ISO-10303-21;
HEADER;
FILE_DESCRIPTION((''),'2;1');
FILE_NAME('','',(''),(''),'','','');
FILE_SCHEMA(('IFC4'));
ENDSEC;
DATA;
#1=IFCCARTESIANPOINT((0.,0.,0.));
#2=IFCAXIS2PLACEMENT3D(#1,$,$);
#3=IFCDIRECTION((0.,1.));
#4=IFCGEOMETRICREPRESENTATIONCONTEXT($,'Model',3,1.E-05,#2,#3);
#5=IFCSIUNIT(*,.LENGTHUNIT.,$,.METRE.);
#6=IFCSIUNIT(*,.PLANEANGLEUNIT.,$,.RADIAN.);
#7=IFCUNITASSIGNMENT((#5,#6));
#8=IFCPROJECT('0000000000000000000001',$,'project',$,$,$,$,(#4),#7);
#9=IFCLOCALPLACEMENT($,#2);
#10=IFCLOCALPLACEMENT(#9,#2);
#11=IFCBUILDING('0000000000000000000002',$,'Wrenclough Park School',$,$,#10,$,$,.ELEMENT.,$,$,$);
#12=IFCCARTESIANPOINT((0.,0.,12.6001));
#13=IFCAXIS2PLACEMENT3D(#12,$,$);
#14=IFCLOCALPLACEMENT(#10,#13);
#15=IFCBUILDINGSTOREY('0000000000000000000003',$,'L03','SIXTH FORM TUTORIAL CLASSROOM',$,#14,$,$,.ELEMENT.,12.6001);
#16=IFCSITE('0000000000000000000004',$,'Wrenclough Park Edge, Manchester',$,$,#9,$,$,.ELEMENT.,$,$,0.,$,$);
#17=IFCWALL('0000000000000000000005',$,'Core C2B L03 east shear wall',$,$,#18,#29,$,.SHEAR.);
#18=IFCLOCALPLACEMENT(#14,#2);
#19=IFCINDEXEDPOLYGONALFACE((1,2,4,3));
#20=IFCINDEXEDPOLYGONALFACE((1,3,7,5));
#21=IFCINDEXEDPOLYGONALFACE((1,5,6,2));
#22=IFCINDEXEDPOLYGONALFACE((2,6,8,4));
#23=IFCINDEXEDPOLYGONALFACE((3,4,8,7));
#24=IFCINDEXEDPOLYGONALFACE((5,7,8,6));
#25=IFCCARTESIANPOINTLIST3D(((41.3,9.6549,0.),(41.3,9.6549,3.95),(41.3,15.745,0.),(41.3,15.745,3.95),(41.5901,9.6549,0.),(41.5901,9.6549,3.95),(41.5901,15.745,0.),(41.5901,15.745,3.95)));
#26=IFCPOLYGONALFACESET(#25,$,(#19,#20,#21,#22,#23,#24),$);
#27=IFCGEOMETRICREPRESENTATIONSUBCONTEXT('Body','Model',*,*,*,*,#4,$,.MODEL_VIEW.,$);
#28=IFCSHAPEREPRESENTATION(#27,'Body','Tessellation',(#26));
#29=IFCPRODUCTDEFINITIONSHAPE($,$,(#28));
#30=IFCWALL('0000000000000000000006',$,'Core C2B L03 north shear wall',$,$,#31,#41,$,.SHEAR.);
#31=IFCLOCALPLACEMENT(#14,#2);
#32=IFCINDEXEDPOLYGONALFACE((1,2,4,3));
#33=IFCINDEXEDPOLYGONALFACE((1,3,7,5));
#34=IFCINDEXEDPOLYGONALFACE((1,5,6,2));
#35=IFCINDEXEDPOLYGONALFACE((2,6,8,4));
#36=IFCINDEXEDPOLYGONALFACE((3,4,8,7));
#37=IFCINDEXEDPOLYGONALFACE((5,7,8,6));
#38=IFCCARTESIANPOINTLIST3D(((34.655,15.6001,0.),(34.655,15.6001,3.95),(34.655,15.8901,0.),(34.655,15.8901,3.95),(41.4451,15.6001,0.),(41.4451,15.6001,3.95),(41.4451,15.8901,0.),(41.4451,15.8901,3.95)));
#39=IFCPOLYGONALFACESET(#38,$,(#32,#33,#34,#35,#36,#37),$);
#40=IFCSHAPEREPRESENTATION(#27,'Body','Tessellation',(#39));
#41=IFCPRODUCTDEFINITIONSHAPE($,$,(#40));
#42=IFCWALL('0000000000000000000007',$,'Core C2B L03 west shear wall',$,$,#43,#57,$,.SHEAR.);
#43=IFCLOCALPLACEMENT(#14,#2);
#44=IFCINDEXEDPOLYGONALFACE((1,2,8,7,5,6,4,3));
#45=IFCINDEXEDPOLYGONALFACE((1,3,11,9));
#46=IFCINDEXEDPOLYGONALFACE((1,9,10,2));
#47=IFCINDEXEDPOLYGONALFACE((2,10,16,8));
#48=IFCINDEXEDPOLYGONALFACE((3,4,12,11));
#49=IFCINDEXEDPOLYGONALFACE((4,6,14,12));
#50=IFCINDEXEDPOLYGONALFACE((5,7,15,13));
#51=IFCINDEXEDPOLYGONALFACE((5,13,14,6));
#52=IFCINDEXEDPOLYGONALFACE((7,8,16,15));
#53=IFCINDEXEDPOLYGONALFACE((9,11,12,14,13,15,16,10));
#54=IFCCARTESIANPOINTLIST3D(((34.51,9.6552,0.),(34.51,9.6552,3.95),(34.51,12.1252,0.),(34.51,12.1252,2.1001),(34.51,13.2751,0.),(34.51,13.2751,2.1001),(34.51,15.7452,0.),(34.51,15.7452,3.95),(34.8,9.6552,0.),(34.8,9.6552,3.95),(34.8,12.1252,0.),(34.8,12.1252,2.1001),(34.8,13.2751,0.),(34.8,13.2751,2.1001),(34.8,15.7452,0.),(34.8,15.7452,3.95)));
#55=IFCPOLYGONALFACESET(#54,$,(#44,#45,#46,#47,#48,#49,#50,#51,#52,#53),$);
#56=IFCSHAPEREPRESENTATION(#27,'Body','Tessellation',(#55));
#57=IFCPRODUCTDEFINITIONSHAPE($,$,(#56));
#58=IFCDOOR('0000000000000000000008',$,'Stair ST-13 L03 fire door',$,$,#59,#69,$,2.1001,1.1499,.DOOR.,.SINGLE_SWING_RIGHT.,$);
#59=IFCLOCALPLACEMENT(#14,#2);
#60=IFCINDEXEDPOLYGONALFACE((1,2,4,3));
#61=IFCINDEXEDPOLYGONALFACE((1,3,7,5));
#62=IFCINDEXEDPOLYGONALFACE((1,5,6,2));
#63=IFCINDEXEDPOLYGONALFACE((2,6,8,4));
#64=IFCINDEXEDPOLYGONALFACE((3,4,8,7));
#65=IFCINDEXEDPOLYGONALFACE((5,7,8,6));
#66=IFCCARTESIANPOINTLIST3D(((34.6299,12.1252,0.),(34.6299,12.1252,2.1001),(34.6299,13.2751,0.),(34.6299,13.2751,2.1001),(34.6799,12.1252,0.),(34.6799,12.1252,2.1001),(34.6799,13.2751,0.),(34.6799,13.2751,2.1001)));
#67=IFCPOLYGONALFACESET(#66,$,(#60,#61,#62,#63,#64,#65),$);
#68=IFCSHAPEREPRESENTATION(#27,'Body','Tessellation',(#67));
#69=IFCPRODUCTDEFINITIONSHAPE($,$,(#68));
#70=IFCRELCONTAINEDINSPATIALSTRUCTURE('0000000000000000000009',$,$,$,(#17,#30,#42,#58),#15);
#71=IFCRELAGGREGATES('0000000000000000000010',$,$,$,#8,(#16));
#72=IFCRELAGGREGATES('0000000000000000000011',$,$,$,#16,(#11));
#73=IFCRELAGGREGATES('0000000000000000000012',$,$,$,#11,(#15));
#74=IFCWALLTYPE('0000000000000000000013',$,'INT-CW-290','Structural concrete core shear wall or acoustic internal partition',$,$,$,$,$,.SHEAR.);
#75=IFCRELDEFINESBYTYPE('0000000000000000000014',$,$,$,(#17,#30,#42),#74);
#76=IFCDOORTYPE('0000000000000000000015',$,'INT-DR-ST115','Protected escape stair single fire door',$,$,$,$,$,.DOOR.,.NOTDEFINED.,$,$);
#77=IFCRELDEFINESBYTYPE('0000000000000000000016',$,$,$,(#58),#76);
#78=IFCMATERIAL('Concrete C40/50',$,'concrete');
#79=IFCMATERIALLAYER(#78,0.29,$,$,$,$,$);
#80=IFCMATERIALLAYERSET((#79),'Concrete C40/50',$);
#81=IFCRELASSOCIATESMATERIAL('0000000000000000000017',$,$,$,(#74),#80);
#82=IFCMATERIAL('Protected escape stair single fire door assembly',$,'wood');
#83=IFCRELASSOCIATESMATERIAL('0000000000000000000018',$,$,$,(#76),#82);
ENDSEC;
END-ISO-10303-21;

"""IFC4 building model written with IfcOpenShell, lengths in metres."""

from ifc_helpers import new_model, si_unit, direction, frame, frame_2d, origin, place, context, subcontext, project, spatial, rectangle, extrude, material, layer, layer_set, type_object, element, fill, save


model = new_model("IFC4")

# Units and contexts
model_context = context("Model", 3, precision=1e-05, world=origin(), true_north=direction((0.0, 1.0)))
body_context = subcontext(model_context, "Body", "Model", "MODEL_VIEW")
ifc_project = project(units=[si_unit("LENGTHUNIT", "METRE"), si_unit("PLANEANGLEUNIT", "RADIAN")], contexts=[model_context])

# Site, building, storey
site_placement = place(None, origin())
site = spatial("IfcSite", under=ifc_project, at=site_placement, Name="Wrenclough Park Edge, Manchester", CompositionType="ELEMENT", RefElevation=0.0)
building_placement = place(site_placement, origin())
building = spatial("IfcBuilding", under=site, at=building_placement, Name="Wrenclough Park School", CompositionType="ELEMENT")
storey_placement = place(building_placement, frame((0.0, 0.0, 12.6001)))
storey = spatial("IfcBuildingStorey", under=building, at=storey_placement, Name="L03", Description="SIXTH FORM TUTORIAL CLASSROOM", CompositionType="ELEMENT", Elevation=12.6001)

# Shared definitions
ifc_material_1 = material(Name="Concrete C40/50", Category="concrete")

# Walls
ifc_layer_1 = layer(ifc_material_1, 0.29)
ifc_layer_set_1 = layer_set([ifc_layer_1], Name="Concrete C40/50")
wall_type_1 = type_object("IfcWallType", Name="INT-CW-290", Description="Structural concrete core shear wall or acoustic internal partition", PredefinedType="SHEAR", material=ifc_layer_set_1)
wall_1_placement = place(storey_placement, frame((41.4451, 9.655, 0.0), z_axis=(0.0, 0.0, 1.0), x_axis=(0.0, 1.0, 0.0)))
element("IfcWall", 1, at=wall_1_placement, inside=storey, type_object=wall_type_1, Name="Core C2B L03 east shear wall", PredefinedType="SHEAR", context=body_context, shape_type="SweptSolid", body=[
    extrude(rectangle(XDim=6.0901, YDim=0.29, at=frame_2d((3.0449, 0.0))), origin(), (0.0, 0.0, 1.0), 3.95),
])
wall_2_placement = place(storey_placement, frame((41.4451, 15.7451, 0.0), z_axis=(0.0, 0.0, 1.0), x_axis=(-1.0, 0.0, 0.0)))
element("IfcWall", 2, at=wall_2_placement, inside=storey, type_object=wall_type_1, Name="Core C2B L03 north shear wall", PredefinedType="SHEAR", context=body_context, shape_type="SweptSolid", body=[
    extrude(rectangle(XDim=6.79, YDim=0.29, at=frame_2d((3.395, 0.0))), origin(), (0.0, 0.0, 1.0), 3.95),
])

# Wall, opening, door
wall_3_placement = place(storey_placement, frame((34.655, 15.7451, 0.0), z_axis=(0.0, 0.0, 1.0), x_axis=(0.0, -1.0, 0.0)))
wall_3 = element("IfcWall", 3, at=wall_3_placement, inside=storey, type_object=wall_type_1, Name="Core C2B L03 west shear wall", PredefinedType="SHEAR", context=body_context, shape_type="SweptSolid", body=[
    extrude(rectangle(XDim=6.0901, YDim=0.29, at=frame_2d((3.0449, 0.0))), origin(), (0.0, 0.0, 1.0), 3.95),
])
opening_1_placement = place(wall_3_placement, frame((2.47, 0.0, 0.0)))
opening_1 = element("IfcOpeningElement", 4, at=opening_1_placement, cuts=wall_3, PredefinedType="OPENING", context=body_context, shape_type="SweptSolid", body=[
    extrude(rectangle(XDim=1.1499, YDim=2.1001, at=frame_2d((0.575, 1.05))), frame((0.0, 0.155, 0.0), z_axis=(0.0, -1.0, 0.0), x_axis=(1.0, 0.0, 0.0)), (0.0, 0.0, 1.0), 0.3101),
])
ifc_material_2 = material(Name="Protected escape stair single fire door assembly", Category="wood")
door_type_1 = type_object("IfcDoorType", Name="INT-DR-ST115", Description="Protected escape stair single fire door", OperationType="NOTDEFINED", PredefinedType="DOOR", material=ifc_material_2)
door_1_placement = place(opening_1_placement, origin())
door_1 = element("IfcDoor", 5, at=door_1_placement, inside=storey, type_object=door_type_1, Name="Stair ST-13 L03 fire door", OperationType="SINGLE_SWING_RIGHT", OverallHeight=2.1001, OverallWidth=1.1499, PredefinedType="DOOR", context=body_context, shape_type="SweptSolid", body=[
    extrude(rectangle(XDim=1.1499, YDim=2.1001, at=frame_2d((0.575, 1.05))), frame((0.0, 0.0249, 0.0), z_axis=(0.0, -1.0, 0.0), x_axis=(1.0, 0.0, 0.0)), (0.0, 0.0, 1.0), 0.05),
])
fill(opening_1, door_1)

save(model, "model.ifc")
